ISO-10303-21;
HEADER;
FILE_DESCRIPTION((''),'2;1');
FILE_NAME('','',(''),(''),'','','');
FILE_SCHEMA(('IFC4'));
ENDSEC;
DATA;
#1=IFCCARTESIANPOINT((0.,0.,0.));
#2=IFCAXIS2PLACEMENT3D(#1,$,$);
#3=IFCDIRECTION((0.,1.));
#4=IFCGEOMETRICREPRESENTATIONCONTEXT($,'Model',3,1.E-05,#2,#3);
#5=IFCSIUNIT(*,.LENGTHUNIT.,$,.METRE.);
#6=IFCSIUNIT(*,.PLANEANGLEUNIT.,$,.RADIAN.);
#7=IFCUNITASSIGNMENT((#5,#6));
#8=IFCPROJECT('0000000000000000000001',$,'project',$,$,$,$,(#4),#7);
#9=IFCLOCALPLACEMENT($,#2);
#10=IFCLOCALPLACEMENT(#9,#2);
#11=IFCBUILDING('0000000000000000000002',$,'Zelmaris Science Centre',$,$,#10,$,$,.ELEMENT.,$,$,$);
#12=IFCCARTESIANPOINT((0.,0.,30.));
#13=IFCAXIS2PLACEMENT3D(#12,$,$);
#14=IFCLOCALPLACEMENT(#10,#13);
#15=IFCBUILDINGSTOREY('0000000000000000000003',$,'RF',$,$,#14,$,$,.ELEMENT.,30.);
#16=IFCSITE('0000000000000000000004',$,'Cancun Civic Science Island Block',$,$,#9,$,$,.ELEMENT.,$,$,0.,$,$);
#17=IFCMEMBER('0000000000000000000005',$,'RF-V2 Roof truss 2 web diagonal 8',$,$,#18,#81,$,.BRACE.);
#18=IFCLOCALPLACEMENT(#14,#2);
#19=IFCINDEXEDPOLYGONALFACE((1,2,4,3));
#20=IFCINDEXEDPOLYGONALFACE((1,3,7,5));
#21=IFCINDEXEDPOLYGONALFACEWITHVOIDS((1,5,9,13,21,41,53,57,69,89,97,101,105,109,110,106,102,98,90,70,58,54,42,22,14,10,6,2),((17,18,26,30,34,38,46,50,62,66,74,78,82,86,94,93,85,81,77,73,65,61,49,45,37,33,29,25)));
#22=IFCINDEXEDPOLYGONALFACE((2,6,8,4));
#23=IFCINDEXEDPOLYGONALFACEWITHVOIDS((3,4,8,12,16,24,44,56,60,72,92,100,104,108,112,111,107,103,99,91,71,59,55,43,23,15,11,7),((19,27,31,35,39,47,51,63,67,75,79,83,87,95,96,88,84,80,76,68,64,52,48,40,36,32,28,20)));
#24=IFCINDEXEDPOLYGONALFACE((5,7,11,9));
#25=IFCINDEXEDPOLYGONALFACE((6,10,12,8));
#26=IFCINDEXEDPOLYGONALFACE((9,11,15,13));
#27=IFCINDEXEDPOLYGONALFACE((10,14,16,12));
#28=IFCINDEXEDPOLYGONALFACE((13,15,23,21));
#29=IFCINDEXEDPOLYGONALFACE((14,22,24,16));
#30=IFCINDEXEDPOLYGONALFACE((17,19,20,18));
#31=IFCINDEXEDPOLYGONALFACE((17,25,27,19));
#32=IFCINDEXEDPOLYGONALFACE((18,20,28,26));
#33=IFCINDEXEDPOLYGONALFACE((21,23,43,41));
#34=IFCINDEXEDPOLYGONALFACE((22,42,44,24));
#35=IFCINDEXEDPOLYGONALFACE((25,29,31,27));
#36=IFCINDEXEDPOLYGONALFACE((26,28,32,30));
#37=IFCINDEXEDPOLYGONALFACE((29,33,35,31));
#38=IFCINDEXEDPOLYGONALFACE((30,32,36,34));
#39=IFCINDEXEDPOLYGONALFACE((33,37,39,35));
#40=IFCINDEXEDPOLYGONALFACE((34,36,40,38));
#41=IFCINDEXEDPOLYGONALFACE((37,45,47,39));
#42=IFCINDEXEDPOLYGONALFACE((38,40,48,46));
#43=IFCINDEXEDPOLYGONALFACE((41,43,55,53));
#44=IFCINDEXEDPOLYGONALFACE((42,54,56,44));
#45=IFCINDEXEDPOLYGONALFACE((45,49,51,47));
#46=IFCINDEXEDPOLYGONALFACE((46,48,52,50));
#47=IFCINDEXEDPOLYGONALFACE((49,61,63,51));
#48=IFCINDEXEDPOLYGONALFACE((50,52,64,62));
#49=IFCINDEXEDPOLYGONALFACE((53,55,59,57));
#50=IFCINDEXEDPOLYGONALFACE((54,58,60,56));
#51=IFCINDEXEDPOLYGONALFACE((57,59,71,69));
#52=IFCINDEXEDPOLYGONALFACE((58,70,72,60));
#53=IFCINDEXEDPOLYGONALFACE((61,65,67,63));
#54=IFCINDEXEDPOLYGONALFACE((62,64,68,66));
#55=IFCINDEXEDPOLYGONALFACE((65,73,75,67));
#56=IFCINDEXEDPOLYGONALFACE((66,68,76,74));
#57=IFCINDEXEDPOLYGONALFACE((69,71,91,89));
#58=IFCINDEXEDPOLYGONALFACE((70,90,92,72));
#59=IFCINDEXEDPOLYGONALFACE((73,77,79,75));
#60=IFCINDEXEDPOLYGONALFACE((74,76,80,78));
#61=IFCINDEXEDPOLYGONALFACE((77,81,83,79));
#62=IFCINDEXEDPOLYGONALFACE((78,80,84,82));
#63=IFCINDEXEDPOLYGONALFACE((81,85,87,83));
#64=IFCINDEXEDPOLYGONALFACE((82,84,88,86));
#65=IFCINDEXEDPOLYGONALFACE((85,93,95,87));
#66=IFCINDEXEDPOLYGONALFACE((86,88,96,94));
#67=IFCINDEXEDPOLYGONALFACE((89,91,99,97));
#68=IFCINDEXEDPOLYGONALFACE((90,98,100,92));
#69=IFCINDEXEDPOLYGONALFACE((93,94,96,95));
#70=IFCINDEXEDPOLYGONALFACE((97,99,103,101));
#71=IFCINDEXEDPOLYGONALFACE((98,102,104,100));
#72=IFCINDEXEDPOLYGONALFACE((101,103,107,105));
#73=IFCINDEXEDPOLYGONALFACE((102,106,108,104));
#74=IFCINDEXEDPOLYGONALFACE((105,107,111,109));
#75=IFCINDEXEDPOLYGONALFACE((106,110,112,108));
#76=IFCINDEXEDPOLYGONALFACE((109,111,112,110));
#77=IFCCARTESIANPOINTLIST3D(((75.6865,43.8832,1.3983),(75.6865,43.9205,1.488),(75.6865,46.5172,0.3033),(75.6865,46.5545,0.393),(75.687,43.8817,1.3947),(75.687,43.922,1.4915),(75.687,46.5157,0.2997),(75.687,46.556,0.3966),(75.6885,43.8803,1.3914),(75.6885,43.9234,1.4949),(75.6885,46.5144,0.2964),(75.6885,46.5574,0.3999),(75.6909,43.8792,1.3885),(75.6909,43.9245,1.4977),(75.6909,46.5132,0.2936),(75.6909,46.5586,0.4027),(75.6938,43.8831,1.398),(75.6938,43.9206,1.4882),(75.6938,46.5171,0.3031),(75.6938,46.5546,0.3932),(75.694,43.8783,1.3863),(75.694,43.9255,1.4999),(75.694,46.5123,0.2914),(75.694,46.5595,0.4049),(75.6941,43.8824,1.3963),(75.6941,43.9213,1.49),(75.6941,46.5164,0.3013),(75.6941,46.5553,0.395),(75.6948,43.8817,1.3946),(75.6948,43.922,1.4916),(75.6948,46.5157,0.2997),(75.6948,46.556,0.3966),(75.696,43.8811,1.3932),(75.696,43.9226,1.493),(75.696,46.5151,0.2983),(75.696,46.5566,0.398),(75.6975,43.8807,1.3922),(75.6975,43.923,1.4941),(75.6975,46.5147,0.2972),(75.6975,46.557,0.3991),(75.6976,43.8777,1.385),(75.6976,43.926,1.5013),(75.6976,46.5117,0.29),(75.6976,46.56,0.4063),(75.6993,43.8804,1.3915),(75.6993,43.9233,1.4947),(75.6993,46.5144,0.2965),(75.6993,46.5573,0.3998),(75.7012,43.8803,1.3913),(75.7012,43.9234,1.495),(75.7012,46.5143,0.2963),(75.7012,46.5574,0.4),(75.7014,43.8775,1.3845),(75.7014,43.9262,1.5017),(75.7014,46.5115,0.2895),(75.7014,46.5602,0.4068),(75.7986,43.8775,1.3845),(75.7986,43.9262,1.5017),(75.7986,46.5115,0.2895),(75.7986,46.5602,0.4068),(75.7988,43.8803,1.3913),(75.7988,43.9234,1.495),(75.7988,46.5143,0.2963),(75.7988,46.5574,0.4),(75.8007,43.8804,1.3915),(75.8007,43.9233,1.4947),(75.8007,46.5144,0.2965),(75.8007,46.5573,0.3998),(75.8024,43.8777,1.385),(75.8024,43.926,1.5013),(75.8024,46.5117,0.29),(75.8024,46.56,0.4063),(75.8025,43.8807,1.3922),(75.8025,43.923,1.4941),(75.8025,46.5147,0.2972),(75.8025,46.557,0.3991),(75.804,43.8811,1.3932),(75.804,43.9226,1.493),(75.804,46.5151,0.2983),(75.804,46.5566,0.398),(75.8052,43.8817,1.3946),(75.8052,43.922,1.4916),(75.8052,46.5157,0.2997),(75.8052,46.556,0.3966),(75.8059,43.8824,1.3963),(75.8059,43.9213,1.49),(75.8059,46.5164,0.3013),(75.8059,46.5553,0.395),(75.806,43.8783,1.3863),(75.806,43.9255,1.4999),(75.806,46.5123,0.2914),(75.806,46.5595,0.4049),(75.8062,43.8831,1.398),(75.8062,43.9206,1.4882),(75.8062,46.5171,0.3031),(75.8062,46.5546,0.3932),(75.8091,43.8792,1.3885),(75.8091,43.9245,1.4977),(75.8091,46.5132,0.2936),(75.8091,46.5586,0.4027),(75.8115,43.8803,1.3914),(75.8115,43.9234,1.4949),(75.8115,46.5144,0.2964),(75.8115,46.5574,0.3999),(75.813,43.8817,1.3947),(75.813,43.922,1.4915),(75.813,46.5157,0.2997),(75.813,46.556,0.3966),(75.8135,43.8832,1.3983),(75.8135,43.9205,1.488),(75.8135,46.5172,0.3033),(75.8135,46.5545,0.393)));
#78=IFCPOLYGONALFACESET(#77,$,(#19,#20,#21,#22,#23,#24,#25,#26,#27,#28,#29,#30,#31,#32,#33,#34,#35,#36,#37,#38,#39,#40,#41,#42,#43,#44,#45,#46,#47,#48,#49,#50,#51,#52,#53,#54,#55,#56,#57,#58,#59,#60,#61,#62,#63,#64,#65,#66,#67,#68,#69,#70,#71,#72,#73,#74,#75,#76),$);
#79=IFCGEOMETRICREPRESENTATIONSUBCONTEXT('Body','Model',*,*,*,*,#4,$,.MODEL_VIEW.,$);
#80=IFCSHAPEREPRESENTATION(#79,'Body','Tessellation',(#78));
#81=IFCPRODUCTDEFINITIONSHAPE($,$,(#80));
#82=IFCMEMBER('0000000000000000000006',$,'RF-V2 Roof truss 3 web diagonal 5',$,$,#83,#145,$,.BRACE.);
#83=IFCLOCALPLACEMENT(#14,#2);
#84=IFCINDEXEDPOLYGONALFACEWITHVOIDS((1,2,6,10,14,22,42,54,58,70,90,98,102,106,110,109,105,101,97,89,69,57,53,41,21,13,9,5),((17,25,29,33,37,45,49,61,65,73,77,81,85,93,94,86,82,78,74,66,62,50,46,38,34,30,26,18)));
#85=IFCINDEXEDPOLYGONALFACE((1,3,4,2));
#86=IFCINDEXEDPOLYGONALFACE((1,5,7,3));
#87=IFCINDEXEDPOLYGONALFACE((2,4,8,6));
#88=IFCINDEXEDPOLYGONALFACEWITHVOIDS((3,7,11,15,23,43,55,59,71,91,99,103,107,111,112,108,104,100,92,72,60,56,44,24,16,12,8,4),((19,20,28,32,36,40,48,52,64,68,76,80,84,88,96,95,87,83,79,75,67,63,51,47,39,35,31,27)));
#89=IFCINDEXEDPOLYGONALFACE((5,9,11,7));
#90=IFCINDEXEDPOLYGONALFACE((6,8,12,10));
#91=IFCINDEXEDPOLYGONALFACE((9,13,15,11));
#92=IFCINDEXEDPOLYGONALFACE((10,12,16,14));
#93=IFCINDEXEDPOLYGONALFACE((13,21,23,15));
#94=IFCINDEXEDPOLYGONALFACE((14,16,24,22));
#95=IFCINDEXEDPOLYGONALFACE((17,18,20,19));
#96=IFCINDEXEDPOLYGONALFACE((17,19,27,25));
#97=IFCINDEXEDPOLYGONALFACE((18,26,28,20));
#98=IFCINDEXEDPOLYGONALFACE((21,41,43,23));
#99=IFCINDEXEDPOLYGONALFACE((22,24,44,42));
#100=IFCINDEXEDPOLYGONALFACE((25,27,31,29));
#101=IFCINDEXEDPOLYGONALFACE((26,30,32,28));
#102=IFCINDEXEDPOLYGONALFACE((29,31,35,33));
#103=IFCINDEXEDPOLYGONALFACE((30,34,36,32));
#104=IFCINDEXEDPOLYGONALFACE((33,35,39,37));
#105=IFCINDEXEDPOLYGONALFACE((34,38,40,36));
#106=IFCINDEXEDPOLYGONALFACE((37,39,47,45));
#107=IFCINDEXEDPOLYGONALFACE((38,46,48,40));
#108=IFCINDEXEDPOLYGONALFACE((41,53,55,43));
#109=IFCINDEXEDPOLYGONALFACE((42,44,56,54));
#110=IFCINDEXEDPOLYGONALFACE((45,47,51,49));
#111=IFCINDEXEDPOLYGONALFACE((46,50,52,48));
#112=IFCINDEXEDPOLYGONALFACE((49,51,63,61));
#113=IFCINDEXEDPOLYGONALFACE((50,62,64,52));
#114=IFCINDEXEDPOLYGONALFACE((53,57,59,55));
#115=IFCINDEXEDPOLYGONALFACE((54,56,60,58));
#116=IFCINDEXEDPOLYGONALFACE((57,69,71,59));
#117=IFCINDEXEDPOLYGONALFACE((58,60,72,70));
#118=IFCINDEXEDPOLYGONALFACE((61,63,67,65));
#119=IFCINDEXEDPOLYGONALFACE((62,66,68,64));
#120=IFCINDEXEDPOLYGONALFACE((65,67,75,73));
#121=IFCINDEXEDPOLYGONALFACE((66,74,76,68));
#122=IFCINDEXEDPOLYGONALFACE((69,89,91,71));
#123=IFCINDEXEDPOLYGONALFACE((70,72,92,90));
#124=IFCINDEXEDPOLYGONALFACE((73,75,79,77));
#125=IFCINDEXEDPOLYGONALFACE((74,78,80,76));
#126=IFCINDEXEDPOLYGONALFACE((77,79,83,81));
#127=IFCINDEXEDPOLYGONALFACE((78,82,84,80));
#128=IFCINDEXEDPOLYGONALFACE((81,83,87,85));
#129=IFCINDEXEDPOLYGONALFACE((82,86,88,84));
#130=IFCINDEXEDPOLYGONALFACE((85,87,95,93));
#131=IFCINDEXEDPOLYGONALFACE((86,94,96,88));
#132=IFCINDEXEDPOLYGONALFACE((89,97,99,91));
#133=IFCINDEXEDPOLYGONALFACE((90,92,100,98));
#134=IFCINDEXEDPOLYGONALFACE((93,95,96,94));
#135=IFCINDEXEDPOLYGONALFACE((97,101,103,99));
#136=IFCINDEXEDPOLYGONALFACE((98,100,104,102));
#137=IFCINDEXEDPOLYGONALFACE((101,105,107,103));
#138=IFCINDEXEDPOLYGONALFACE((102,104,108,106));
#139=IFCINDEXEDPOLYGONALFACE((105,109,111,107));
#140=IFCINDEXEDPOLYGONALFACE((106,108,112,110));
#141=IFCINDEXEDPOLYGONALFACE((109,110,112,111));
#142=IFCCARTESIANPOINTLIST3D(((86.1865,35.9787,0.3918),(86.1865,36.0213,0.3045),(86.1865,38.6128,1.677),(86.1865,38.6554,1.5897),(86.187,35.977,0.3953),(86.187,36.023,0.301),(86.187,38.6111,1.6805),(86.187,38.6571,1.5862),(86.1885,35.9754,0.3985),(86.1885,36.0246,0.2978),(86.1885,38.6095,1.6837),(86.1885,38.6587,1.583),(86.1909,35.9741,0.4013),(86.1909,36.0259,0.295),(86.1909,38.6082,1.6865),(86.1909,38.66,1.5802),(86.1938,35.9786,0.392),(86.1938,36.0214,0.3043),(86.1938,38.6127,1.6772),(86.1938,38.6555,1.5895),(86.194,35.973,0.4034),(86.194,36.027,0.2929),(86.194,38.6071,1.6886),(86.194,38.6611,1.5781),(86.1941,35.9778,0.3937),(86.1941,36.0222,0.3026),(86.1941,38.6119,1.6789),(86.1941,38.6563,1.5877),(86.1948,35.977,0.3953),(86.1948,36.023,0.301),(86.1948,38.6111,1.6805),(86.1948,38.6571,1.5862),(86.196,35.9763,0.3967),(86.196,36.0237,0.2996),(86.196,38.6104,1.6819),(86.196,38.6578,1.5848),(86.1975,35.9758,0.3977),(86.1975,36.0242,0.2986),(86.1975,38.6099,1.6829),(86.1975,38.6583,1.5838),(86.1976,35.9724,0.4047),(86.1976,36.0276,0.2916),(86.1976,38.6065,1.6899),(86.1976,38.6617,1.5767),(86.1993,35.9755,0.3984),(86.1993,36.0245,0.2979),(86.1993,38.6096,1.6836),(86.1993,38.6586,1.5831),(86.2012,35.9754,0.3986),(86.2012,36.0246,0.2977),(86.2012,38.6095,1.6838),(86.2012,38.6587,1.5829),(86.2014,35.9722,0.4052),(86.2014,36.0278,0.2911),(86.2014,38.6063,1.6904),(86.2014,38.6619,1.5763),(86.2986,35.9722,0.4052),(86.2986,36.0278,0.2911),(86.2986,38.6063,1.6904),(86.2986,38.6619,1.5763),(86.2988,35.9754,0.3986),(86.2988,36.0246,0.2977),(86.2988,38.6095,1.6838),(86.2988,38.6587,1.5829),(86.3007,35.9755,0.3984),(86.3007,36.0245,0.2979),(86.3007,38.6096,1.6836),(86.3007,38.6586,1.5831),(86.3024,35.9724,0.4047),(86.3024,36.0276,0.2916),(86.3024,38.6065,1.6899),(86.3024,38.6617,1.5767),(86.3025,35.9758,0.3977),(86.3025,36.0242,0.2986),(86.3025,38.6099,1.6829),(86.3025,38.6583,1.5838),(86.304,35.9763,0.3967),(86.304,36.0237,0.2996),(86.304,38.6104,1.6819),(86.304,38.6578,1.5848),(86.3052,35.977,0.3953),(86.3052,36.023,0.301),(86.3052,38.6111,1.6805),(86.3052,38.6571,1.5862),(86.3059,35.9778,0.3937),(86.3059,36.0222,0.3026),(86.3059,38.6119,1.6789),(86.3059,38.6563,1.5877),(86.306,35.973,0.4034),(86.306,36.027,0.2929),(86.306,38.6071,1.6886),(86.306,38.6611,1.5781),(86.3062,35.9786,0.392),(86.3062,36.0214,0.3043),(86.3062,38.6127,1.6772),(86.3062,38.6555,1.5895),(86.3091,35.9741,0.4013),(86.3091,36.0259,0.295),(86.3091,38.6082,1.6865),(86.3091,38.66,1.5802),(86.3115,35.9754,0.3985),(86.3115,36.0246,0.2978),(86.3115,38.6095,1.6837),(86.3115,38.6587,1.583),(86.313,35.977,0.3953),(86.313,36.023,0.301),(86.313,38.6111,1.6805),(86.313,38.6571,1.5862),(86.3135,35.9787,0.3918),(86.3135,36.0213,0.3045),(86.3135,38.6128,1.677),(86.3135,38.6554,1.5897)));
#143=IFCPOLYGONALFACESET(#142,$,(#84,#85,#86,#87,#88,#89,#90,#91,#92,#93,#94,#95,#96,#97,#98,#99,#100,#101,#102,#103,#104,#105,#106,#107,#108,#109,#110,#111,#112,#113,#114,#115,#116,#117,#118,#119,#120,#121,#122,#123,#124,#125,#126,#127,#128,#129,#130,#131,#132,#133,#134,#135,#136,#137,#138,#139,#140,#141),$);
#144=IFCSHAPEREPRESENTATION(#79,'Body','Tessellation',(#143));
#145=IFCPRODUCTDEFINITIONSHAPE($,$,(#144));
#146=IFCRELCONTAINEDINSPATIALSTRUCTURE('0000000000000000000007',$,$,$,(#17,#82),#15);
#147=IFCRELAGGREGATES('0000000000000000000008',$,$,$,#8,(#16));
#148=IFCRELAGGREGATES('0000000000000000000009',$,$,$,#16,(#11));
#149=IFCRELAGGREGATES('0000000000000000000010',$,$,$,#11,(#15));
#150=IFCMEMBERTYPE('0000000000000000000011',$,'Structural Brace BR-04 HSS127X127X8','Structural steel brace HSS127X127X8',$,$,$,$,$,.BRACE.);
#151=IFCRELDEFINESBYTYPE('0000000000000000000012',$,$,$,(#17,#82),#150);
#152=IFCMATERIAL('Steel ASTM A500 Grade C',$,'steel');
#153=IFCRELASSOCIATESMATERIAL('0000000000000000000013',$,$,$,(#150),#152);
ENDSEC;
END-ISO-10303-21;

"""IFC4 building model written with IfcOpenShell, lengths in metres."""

from ifc_helpers import new_model, si_unit, direction, frame, origin, origin_2d, place, context, subcontext, project, spatial, hollow_rectangle, extrude, material, material_profile, profile_set, type_object, element, save


model = new_model("IFC4")

# Units and contexts
model_context = context("Model", 3, precision=1e-05, world=origin(), true_north=direction((0.0, 1.0)))
body_context = subcontext(model_context, "Body", "Model", "MODEL_VIEW")
ifc_project = project(units=[si_unit("LENGTHUNIT", "METRE"), si_unit("PLANEANGLEUNIT", "RADIAN")], contexts=[model_context])

# Site, building, storey
site_placement = place(None, origin())
site = spatial("IfcSite", under=ifc_project, at=site_placement, Name="Cancun Civic Science Island Block", CompositionType="ELEMENT", RefElevation=0.0)
building_placement = place(site_placement, origin())
building = spatial("IfcBuilding", under=site, at=building_placement, Name="Zelmaris Science Centre", CompositionType="ELEMENT")
storey_placement = place(building_placement, frame((0.0, 0.0, 30.0)))
storey = spatial("IfcBuildingStorey", under=building, at=storey_placement, Name="RF", CompositionType="ELEMENT", Elevation=30.0)

# Shared definitions
ifc_material_1 = material(Name="Steel ASTM A500 Grade C", Category="steel")

# Members
ifc_material_profile_1 = material_profile(ifc_material_1, hollow_rectangle(XDim=0.127, YDim=0.127, WallThickness=0.0073, InnerFilletRadius=0.0073, OuterFilletRadius=0.0149, at=origin_2d()), Name="HSS127X127X8")
ifc_profile_set_1 = profile_set([ifc_material_profile_1], Name="Steel ASTM A500 Grade C")
member_type_1 = type_object("IfcMemberType", Name="Structural Brace BR-04 HSS127X127X8", Description="Structural steel brace HSS127X127X8", PredefinedType="BRACE", material=ifc_profile_set_1)
for number, where, z_axis, x_axis, name in (
    (1, (75.75, 43.9019, 1.4431), (0.0, 0.923393, -0.383856), (-1.0, 0.0, 0.0), "RF-V2 Roof truss 2 web diagonal 8"),
):
    element("IfcMember", number, at=place(storey_placement, frame(where, z_axis=z_axis, x_axis=x_axis)), inside=storey, type_object=member_type_1, Name=name, PredefinedType="BRACE", context=body_context, shape_type="SweptSolid", body=[
        extrude(hollow_rectangle(XDim=0.127, YDim=0.127, WallThickness=0.0073, InnerFilletRadius=0.0073, OuterFilletRadius=0.0149, at=origin_2d()), origin(), (0.0, 0.0, 1.0), 2.8525),
    ])
member_1_placement = place(storey_placement, frame((86.25, 36.0, 0.3481), z_axis=(0.0, 0.898733, 0.438496), x_axis=(-1.0, 0.0, 0.0)))
element("IfcMember", 2, at=member_1_placement, inside=storey, type_object=member_type_1, Name="RF-V2 Roof truss 3 web diagonal 5", PredefinedType="BRACE", context=body_context, shape_type="SweptSolid", body=[
    extrude(hollow_rectangle(XDim=0.127, YDim=0.127, WallThickness=0.0073, InnerFilletRadius=0.0073, OuterFilletRadius=0.0149, at=origin_2d()), origin(), (0.0, 0.0, 1.0), 2.9309),
])

save(model, "model.ifc")
